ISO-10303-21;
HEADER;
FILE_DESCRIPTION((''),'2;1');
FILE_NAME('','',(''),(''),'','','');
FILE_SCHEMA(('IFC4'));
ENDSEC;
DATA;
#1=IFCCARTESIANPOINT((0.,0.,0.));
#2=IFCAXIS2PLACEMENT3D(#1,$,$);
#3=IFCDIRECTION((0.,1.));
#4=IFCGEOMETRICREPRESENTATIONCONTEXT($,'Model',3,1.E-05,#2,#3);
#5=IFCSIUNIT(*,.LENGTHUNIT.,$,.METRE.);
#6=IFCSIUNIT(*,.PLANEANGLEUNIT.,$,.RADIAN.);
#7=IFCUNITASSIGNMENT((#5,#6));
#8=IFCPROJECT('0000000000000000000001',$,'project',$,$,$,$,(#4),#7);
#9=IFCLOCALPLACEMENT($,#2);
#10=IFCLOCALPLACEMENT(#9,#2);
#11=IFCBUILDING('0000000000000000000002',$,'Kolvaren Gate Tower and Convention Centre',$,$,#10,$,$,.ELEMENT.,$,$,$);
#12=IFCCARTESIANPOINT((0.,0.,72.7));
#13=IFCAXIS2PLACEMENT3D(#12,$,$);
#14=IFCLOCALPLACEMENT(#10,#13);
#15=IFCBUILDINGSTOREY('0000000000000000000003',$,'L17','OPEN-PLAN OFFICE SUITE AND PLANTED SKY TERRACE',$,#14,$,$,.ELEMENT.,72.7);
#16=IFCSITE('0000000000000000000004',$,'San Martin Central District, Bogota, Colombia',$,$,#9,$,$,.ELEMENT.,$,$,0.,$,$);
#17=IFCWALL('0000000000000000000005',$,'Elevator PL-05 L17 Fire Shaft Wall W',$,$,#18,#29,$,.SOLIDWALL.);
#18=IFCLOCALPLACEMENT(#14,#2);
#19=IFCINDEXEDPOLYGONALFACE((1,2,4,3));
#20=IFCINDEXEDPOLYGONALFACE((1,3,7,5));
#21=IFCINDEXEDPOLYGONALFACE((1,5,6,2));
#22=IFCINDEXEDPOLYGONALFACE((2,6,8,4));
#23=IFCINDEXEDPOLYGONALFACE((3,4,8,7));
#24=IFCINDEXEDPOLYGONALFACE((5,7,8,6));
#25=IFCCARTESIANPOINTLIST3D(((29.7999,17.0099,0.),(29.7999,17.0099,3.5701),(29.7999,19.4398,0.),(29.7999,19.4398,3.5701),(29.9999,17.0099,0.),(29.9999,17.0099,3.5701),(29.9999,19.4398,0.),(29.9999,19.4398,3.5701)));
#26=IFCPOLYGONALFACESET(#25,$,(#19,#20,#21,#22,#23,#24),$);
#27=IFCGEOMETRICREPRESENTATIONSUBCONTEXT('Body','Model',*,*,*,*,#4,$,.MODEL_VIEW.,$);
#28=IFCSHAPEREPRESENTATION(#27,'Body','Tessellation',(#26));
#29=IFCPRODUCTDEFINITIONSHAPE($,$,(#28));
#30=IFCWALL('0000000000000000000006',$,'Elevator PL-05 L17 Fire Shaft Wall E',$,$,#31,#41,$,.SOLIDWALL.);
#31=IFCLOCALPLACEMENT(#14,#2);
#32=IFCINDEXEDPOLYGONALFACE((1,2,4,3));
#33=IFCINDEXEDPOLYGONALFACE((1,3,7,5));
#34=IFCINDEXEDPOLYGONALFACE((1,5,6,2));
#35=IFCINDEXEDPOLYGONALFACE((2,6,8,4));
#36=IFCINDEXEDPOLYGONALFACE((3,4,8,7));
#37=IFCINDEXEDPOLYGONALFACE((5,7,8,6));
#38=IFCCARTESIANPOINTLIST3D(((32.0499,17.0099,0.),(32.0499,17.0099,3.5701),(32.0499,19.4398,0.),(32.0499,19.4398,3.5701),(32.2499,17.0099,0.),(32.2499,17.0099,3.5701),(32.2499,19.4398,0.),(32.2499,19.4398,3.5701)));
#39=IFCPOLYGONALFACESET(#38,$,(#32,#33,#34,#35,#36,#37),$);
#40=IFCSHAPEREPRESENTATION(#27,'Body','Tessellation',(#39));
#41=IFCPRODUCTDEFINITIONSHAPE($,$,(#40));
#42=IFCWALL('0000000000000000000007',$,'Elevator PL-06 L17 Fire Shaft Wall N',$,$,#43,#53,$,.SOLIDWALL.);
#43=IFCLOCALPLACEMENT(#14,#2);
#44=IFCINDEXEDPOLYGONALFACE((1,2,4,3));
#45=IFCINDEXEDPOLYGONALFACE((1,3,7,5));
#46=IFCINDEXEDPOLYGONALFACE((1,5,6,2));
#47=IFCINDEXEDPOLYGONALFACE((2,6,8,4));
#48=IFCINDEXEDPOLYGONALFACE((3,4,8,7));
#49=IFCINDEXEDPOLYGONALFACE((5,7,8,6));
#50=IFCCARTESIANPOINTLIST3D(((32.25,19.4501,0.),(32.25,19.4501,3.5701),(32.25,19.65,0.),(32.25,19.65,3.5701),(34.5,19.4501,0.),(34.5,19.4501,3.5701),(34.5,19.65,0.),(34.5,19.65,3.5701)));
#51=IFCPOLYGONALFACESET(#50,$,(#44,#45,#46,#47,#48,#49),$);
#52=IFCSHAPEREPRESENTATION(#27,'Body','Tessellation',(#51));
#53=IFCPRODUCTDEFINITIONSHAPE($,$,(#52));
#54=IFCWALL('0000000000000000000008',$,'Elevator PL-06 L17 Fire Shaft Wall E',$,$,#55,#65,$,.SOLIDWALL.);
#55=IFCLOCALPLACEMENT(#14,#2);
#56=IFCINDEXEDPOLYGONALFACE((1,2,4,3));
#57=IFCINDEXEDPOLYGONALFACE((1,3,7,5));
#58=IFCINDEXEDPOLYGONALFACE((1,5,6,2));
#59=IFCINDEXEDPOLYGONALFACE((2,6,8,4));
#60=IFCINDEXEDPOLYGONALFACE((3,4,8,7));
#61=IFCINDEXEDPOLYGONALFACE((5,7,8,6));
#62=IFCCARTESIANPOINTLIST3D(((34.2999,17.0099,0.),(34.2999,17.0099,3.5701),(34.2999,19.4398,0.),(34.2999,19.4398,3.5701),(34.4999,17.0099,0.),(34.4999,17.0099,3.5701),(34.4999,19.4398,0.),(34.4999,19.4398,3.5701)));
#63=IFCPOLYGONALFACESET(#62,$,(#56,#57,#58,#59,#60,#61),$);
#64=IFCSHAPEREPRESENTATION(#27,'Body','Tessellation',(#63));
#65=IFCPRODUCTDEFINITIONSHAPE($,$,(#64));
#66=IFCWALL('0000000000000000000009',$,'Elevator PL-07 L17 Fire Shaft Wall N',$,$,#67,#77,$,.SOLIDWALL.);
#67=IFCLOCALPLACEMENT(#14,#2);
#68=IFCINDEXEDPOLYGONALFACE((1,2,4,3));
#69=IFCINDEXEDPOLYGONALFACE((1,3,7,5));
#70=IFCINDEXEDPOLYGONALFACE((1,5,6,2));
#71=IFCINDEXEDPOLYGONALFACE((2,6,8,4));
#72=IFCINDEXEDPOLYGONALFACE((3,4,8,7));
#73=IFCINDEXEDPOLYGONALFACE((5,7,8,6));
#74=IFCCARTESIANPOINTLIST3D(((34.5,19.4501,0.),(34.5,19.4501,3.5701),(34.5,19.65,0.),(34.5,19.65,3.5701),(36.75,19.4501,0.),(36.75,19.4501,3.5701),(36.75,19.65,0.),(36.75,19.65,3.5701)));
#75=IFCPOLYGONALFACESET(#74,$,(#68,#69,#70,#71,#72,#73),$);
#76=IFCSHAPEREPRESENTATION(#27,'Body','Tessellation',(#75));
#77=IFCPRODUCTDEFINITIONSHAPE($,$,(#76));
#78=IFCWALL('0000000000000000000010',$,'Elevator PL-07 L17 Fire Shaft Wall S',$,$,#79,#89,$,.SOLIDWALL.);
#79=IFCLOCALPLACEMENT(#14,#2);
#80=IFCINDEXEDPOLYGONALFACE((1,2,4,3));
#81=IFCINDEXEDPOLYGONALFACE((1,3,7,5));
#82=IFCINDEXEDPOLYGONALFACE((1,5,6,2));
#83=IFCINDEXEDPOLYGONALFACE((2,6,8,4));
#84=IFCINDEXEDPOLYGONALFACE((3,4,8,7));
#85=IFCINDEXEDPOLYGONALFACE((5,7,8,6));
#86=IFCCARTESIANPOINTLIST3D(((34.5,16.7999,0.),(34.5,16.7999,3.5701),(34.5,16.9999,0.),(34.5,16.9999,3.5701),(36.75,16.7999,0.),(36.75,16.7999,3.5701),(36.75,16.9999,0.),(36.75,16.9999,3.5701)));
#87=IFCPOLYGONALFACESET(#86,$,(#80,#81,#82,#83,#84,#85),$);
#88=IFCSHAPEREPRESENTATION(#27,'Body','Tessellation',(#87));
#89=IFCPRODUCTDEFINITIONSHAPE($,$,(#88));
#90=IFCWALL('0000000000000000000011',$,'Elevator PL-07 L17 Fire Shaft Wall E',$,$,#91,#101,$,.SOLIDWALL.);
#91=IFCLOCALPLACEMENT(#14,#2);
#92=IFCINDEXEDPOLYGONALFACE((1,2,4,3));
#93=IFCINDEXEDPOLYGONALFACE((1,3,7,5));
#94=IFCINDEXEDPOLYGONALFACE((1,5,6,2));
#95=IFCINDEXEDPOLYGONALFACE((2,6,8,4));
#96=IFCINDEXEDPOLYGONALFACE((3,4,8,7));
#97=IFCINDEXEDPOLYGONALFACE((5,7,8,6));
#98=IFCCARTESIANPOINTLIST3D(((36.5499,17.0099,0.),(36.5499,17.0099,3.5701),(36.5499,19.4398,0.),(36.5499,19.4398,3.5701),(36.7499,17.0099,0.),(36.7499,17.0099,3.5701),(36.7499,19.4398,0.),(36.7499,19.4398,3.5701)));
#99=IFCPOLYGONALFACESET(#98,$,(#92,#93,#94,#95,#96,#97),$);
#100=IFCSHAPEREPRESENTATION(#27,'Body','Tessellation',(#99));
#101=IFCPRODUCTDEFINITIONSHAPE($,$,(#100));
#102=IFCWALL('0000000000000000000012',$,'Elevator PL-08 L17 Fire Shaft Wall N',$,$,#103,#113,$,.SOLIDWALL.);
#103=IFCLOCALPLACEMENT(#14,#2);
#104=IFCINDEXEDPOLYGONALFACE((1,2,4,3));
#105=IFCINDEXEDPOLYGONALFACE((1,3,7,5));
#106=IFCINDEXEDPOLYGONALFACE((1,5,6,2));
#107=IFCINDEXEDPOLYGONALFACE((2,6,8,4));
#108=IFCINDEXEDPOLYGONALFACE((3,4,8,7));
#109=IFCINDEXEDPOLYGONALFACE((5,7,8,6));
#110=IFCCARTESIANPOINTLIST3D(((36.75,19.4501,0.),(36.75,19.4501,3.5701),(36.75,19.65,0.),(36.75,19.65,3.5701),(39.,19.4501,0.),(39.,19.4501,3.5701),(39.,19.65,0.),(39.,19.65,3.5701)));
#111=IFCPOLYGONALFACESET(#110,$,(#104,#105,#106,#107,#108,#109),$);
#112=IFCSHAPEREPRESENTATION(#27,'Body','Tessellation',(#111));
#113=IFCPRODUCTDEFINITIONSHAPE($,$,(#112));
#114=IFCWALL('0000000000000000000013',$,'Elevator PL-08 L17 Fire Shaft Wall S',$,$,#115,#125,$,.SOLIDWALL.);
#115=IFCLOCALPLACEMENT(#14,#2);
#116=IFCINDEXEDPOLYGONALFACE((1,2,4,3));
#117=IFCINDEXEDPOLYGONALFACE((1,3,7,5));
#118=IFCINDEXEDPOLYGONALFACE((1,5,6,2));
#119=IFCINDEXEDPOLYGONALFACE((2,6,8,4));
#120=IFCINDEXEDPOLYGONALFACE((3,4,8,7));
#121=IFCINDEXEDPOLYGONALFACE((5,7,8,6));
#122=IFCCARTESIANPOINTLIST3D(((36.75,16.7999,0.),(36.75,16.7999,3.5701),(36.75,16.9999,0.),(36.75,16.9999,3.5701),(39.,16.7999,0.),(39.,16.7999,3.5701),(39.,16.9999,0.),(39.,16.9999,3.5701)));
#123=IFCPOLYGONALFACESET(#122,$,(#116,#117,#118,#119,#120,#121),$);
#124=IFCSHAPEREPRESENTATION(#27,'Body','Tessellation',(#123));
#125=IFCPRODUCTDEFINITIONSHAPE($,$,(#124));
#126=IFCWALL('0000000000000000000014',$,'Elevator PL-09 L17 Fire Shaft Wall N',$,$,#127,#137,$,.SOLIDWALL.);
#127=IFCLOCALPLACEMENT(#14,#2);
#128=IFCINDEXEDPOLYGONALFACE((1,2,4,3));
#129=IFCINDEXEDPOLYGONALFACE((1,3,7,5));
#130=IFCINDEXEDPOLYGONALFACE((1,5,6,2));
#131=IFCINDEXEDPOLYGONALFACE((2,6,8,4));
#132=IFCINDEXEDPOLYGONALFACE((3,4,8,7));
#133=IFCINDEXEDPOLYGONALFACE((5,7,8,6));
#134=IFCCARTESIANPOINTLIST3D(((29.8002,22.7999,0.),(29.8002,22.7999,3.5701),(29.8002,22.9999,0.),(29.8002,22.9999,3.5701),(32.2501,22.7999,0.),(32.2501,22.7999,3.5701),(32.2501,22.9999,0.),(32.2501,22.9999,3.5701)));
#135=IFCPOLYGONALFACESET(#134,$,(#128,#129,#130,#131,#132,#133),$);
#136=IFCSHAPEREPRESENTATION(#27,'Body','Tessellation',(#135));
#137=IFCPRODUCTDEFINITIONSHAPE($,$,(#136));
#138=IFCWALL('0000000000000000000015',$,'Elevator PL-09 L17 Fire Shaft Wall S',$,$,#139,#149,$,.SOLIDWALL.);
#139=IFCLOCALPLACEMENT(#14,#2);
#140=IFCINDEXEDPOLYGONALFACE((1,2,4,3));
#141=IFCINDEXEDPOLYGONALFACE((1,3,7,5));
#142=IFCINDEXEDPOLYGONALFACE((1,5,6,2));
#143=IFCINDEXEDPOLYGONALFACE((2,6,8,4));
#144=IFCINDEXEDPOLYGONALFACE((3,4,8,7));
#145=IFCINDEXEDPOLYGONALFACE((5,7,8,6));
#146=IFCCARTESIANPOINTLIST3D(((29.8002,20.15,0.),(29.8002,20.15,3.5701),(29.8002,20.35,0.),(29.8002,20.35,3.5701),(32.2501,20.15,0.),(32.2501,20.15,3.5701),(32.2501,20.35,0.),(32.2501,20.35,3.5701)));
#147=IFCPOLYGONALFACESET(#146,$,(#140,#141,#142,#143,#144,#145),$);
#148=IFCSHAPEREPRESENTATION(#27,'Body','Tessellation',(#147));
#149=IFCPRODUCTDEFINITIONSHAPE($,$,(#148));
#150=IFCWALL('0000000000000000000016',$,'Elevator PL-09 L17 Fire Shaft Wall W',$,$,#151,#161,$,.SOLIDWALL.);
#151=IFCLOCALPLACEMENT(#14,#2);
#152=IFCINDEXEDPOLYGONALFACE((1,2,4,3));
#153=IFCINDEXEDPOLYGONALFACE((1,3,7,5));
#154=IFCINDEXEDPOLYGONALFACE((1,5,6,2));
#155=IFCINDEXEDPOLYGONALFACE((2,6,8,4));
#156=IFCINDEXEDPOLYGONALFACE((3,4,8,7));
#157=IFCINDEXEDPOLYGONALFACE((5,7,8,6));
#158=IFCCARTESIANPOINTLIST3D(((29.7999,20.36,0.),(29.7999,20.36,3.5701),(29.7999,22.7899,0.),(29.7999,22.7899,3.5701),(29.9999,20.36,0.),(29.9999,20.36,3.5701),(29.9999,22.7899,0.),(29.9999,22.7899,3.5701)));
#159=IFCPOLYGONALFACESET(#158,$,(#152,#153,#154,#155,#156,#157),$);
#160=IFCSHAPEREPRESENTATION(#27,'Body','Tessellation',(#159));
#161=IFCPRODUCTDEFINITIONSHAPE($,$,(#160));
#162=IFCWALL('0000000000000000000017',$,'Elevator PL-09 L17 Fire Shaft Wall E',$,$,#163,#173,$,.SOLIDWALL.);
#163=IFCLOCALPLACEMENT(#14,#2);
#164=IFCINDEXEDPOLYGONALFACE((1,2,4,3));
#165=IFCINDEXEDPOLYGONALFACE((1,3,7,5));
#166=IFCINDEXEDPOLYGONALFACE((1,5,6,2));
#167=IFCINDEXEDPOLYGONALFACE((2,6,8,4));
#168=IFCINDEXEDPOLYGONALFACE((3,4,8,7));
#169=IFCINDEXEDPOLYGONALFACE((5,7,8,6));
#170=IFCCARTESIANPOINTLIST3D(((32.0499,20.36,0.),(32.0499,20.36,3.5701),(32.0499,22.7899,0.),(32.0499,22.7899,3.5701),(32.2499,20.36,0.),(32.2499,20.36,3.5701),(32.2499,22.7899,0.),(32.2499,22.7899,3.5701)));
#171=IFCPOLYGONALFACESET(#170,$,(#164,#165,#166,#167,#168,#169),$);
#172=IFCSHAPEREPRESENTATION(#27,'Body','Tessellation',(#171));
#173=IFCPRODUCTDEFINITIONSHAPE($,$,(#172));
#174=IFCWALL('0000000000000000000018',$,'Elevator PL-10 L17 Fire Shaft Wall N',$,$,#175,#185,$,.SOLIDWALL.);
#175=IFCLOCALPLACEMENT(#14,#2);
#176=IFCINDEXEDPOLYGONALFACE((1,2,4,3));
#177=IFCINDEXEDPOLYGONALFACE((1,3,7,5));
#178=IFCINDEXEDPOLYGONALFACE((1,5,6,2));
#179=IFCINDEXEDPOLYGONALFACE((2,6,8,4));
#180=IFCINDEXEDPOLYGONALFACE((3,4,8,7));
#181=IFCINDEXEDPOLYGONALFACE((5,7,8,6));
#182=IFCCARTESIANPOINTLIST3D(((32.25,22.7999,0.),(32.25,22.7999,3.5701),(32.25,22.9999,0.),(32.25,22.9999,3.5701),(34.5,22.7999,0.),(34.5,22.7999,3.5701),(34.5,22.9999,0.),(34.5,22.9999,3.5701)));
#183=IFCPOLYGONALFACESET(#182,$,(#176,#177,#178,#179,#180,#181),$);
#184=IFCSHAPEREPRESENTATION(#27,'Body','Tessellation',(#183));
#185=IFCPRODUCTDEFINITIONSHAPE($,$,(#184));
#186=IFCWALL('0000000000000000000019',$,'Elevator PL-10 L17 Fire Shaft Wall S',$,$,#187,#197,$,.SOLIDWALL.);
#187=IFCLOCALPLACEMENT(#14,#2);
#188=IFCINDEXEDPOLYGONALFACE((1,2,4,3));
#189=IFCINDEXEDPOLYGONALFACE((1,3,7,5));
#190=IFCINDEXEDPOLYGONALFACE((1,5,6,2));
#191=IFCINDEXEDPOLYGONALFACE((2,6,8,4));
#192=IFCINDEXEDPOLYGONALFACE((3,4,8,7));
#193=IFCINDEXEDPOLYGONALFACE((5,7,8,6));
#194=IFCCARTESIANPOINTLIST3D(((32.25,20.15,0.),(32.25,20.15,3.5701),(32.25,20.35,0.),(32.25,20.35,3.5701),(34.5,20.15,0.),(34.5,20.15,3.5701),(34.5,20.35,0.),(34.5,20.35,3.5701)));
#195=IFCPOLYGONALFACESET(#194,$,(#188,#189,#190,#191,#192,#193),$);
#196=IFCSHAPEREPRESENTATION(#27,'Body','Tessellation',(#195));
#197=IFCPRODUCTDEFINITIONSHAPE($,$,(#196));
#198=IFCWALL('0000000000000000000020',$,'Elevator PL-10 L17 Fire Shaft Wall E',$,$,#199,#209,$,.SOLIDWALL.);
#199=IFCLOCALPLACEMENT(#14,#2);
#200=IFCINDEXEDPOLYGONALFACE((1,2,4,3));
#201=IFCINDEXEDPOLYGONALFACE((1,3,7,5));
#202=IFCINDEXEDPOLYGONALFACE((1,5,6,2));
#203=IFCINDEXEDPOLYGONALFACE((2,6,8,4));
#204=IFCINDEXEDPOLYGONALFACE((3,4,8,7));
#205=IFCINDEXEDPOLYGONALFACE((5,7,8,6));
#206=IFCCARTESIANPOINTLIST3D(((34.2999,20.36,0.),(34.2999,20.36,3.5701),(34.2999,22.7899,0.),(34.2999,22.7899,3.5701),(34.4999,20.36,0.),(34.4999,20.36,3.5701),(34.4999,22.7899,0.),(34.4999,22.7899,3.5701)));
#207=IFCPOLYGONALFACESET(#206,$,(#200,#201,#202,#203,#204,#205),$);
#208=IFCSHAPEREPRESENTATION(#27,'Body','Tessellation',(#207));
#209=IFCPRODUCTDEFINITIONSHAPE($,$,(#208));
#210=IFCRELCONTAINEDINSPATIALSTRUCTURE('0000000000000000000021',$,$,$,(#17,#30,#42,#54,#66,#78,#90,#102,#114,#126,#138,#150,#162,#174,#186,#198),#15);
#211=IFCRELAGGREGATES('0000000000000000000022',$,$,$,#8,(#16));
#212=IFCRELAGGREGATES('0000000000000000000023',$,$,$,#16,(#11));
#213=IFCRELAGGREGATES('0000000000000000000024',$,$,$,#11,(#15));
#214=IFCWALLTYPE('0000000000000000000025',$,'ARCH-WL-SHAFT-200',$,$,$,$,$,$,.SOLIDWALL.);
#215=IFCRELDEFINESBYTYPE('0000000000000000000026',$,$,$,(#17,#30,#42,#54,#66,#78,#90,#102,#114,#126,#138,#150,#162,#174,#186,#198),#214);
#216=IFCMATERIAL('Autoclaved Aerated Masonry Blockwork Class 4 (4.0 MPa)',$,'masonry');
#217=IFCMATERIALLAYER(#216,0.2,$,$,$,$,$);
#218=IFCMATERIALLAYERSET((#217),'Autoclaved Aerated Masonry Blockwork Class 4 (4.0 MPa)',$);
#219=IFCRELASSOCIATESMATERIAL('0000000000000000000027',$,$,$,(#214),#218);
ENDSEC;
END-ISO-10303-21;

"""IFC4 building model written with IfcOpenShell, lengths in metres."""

from ifc_helpers import new_model, si_unit, direction, frame, frame_2d, origin, place, context, subcontext, project, spatial, rectangle, extrude, material, layer, layer_set, type_object, element, save


model = new_model("IFC4")

# Units and contexts
model_context = context("Model", 3, precision=1e-05, world=origin(), true_north=direction((0.0, 1.0)))
body_context = subcontext(model_context, "Body", "Model", "MODEL_VIEW")
ifc_project = project(units=[si_unit("LENGTHUNIT", "METRE"), si_unit("PLANEANGLEUNIT", "RADIAN")], contexts=[model_context])

# Site, building, storey
site_placement = place(None, origin())
site = spatial("IfcSite", under=ifc_project, at=site_placement, Name="San Martin Central District, Bogota, Colombia", CompositionType="ELEMENT", RefElevation=0.0)
building_placement = place(site_placement, origin())
building = spatial("IfcBuilding", under=site, at=building_placement, Name="Kolvaren Gate Tower and Convention Centre", CompositionType="ELEMENT")
storey_placement = place(building_placement, frame((0.0, 0.0, 72.7)))
storey = spatial("IfcBuildingStorey", under=building, at=storey_placement, Name="L17", Description="OPEN-PLAN OFFICE SUITE AND PLANTED SKY TERRACE", CompositionType="ELEMENT", Elevation=72.7)

# Walls
ifc_material = material(Name="Autoclaved Aerated Masonry Blockwork Class 4 (4.0 MPa)", Category="masonry")
ifc_layer = layer(ifc_material, 0.2)
ifc_layer_set = layer_set([ifc_layer], Name="Autoclaved Aerated Masonry Blockwork Class 4 (4.0 MPa)")
wall_type = type_object("IfcWallType", Name="ARCH-WL-SHAFT-200", PredefinedType="SOLIDWALL", material=ifc_layer_set)
for number, where, z_axis, x_axis, name in (
    (1, (29.8999, 17.01, 0.0), (0.0, 0.0, 1.0), (0.0, 1.0, 0.0), "Elevator PL-05 L17 Fire Shaft Wall W"),
    (2, (32.1499, 17.01, 0.0), (0.0, 0.0, 1.0), (0.0, 1.0, 0.0), "Elevator PL-05 L17 Fire Shaft Wall E"),
):
    element("IfcWall", number, at=place(storey_placement, frame(where, z_axis=z_axis, x_axis=x_axis)), inside=storey, type_object=wall_type, Name=name, PredefinedType="SOLIDWALL", context=body_context, shape_type="SweptSolid", body=[
        extrude(rectangle(XDim=2.4299, YDim=0.2, at=frame_2d((1.2148, 0.0))), origin(), (0.0, 0.0, 1.0), 3.5701),
    ])
wall_1_placement = place(storey_placement, frame((32.25, 19.55, 0.0), z_axis=(0.0, 0.0, 1.0), x_axis=(1.0, 0.0, 0.0)))
element("IfcWall", 3, at=wall_1_placement, inside=storey, type_object=wall_type, Name="Elevator PL-06 L17 Fire Shaft Wall N", PredefinedType="SOLIDWALL", context=body_context, shape_type="SweptSolid", body=[
    extrude(rectangle(XDim=2.25, YDim=0.2, at=frame_2d((1.125, 0.0))), origin(), (0.0, 0.0, 1.0), 3.5701),
])
wall_2_placement = place(storey_placement, frame((34.3999, 17.01, 0.0), z_axis=(0.0, 0.0, 1.0), x_axis=(0.0, 1.0, 0.0)))
element("IfcWall", 4, at=wall_2_placement, inside=storey, type_object=wall_type, Name="Elevator PL-06 L17 Fire Shaft Wall E", PredefinedType="SOLIDWALL", context=body_context, shape_type="SweptSolid", body=[
    extrude(rectangle(XDim=2.4299, YDim=0.2, at=frame_2d((1.2148, 0.0))), origin(), (0.0, 0.0, 1.0), 3.5701),
])
for number, where, z_axis, x_axis, name in (
    (5, (34.5, 19.55, 0.0), (0.0, 0.0, 1.0), (1.0, 0.0, 0.0), "Elevator PL-07 L17 Fire Shaft Wall N"),
    (6, (34.5, 16.8999, 0.0), (0.0, 0.0, 1.0), (1.0, 0.0, 0.0), "Elevator PL-07 L17 Fire Shaft Wall S"),
):
    element("IfcWall", number, at=place(storey_placement, frame(where, z_axis=z_axis, x_axis=x_axis)), inside=storey, type_object=wall_type, Name=name, PredefinedType="SOLIDWALL", context=body_context, shape_type="SweptSolid", body=[
        extrude(rectangle(XDim=2.25, YDim=0.2, at=frame_2d((1.125, 0.0))), origin(), (0.0, 0.0, 1.0), 3.5701),
    ])
wall_3_placement = place(storey_placement, frame((36.6499, 17.01, 0.0), z_axis=(0.0, 0.0, 1.0), x_axis=(0.0, 1.0, 0.0)))
element("IfcWall", 7, at=wall_3_placement, inside=storey, type_object=wall_type, Name="Elevator PL-07 L17 Fire Shaft Wall E", PredefinedType="SOLIDWALL", context=body_context, shape_type="SweptSolid", body=[
    extrude(rectangle(XDim=2.4299, YDim=0.2, at=frame_2d((1.2148, 0.0))), origin(), (0.0, 0.0, 1.0), 3.5701),
])
for number, where, z_axis, x_axis, name in (
    (8, (36.75, 19.55, 0.0), (0.0, 0.0, 1.0), (1.0, 0.0, 0.0), "Elevator PL-08 L17 Fire Shaft Wall N"),
    (9, (36.75, 16.8999, 0.0), (0.0, 0.0, 1.0), (1.0, 0.0, 0.0), "Elevator PL-08 L17 Fire Shaft Wall S"),
):
    element("IfcWall", number, at=place(storey_placement, frame(where, z_axis=z_axis, x_axis=x_axis)), inside=storey, type_object=wall_type, Name=name, PredefinedType="SOLIDWALL", context=body_context, shape_type="SweptSolid", body=[
        extrude(rectangle(XDim=2.25, YDim=0.2, at=frame_2d((1.125, 0.0))), origin(), (0.0, 0.0, 1.0), 3.5701),
    ])
for number, where, z_axis, x_axis, name in (
    (10, (29.8, 22.8999, 0.0), (0.0, 0.0, 1.0), (1.0, 0.0, 0.0), "Elevator PL-09 L17 Fire Shaft Wall N"),
    (11, (29.8, 20.25, 0.0), (0.0, 0.0, 1.0), (1.0, 0.0, 0.0), "Elevator PL-09 L17 Fire Shaft Wall S"),
):
    element("IfcWall", number, at=place(storey_placement, frame(where, z_axis=z_axis, x_axis=x_axis)), inside=storey, type_object=wall_type, Name=name, PredefinedType="SOLIDWALL", context=body_context, shape_type="SweptSolid", body=[
        extrude(rectangle(XDim=2.45, YDim=0.2, at=frame_2d((1.2251, 0.0))), origin(), (0.0, 0.0, 1.0), 3.5701),
    ])
for number, where, z_axis, x_axis, name in (
    (12, (29.8999, 20.3601, 0.0), (0.0, 0.0, 1.0), (0.0, 1.0, 0.0), "Elevator PL-09 L17 Fire Shaft Wall W"),
    (13, (32.1499, 20.3601, 0.0), (0.0, 0.0, 1.0), (0.0, 1.0, 0.0), "Elevator PL-09 L17 Fire Shaft Wall E"),
):
    element("IfcWall", number, at=place(storey_placement, frame(where, z_axis=z_axis, x_axis=x_axis)), inside=storey, type_object=wall_type, Name=name, PredefinedType="SOLIDWALL", context=body_context, shape_type="SweptSolid", body=[
        extrude(rectangle(XDim=2.4299, YDim=0.2, at=frame_2d((1.2148, 0.0))), origin(), (0.0, 0.0, 1.0), 3.5701),
    ])
for number, where, z_axis, x_axis, name in (
    (14, (32.25, 22.8999, 0.0), (0.0, 0.0, 1.0), (1.0, 0.0, 0.0), "Elevator PL-10 L17 Fire Shaft Wall N"),
    (15, (32.25, 20.25, 0.0), (0.0, 0.0, 1.0), (1.0, 0.0, 0.0), "Elevator PL-10 L17 Fire Shaft Wall S"),
):
    element("IfcWall", number, at=place(storey_placement, frame(where, z_axis=z_axis, x_axis=x_axis)), inside=storey, type_object=wall_type, Name=name, PredefinedType="SOLIDWALL", context=body_context, shape_type="SweptSolid", body=[
        extrude(rectangle(XDim=2.25, YDim=0.2, at=frame_2d((1.125, 0.0))), origin(), (0.0, 0.0, 1.0), 3.5701),
    ])
wall_4_placement = place(storey_placement, frame((34.3999, 20.3601, 0.0), z_axis=(0.0, 0.0, 1.0), x_axis=(0.0, 1.0, 0.0)))
element("IfcWall", 16, at=wall_4_placement, inside=storey, type_object=wall_type, Name="Elevator PL-10 L17 Fire Shaft Wall E", PredefinedType="SOLIDWALL", context=body_context, shape_type="SweptSolid", body=[
    extrude(rectangle(XDim=2.4299, YDim=0.2, at=frame_2d((1.2148, 0.0))), origin(), (0.0, 0.0, 1.0), 3.5701),
])

save(model, "model.ifc")
